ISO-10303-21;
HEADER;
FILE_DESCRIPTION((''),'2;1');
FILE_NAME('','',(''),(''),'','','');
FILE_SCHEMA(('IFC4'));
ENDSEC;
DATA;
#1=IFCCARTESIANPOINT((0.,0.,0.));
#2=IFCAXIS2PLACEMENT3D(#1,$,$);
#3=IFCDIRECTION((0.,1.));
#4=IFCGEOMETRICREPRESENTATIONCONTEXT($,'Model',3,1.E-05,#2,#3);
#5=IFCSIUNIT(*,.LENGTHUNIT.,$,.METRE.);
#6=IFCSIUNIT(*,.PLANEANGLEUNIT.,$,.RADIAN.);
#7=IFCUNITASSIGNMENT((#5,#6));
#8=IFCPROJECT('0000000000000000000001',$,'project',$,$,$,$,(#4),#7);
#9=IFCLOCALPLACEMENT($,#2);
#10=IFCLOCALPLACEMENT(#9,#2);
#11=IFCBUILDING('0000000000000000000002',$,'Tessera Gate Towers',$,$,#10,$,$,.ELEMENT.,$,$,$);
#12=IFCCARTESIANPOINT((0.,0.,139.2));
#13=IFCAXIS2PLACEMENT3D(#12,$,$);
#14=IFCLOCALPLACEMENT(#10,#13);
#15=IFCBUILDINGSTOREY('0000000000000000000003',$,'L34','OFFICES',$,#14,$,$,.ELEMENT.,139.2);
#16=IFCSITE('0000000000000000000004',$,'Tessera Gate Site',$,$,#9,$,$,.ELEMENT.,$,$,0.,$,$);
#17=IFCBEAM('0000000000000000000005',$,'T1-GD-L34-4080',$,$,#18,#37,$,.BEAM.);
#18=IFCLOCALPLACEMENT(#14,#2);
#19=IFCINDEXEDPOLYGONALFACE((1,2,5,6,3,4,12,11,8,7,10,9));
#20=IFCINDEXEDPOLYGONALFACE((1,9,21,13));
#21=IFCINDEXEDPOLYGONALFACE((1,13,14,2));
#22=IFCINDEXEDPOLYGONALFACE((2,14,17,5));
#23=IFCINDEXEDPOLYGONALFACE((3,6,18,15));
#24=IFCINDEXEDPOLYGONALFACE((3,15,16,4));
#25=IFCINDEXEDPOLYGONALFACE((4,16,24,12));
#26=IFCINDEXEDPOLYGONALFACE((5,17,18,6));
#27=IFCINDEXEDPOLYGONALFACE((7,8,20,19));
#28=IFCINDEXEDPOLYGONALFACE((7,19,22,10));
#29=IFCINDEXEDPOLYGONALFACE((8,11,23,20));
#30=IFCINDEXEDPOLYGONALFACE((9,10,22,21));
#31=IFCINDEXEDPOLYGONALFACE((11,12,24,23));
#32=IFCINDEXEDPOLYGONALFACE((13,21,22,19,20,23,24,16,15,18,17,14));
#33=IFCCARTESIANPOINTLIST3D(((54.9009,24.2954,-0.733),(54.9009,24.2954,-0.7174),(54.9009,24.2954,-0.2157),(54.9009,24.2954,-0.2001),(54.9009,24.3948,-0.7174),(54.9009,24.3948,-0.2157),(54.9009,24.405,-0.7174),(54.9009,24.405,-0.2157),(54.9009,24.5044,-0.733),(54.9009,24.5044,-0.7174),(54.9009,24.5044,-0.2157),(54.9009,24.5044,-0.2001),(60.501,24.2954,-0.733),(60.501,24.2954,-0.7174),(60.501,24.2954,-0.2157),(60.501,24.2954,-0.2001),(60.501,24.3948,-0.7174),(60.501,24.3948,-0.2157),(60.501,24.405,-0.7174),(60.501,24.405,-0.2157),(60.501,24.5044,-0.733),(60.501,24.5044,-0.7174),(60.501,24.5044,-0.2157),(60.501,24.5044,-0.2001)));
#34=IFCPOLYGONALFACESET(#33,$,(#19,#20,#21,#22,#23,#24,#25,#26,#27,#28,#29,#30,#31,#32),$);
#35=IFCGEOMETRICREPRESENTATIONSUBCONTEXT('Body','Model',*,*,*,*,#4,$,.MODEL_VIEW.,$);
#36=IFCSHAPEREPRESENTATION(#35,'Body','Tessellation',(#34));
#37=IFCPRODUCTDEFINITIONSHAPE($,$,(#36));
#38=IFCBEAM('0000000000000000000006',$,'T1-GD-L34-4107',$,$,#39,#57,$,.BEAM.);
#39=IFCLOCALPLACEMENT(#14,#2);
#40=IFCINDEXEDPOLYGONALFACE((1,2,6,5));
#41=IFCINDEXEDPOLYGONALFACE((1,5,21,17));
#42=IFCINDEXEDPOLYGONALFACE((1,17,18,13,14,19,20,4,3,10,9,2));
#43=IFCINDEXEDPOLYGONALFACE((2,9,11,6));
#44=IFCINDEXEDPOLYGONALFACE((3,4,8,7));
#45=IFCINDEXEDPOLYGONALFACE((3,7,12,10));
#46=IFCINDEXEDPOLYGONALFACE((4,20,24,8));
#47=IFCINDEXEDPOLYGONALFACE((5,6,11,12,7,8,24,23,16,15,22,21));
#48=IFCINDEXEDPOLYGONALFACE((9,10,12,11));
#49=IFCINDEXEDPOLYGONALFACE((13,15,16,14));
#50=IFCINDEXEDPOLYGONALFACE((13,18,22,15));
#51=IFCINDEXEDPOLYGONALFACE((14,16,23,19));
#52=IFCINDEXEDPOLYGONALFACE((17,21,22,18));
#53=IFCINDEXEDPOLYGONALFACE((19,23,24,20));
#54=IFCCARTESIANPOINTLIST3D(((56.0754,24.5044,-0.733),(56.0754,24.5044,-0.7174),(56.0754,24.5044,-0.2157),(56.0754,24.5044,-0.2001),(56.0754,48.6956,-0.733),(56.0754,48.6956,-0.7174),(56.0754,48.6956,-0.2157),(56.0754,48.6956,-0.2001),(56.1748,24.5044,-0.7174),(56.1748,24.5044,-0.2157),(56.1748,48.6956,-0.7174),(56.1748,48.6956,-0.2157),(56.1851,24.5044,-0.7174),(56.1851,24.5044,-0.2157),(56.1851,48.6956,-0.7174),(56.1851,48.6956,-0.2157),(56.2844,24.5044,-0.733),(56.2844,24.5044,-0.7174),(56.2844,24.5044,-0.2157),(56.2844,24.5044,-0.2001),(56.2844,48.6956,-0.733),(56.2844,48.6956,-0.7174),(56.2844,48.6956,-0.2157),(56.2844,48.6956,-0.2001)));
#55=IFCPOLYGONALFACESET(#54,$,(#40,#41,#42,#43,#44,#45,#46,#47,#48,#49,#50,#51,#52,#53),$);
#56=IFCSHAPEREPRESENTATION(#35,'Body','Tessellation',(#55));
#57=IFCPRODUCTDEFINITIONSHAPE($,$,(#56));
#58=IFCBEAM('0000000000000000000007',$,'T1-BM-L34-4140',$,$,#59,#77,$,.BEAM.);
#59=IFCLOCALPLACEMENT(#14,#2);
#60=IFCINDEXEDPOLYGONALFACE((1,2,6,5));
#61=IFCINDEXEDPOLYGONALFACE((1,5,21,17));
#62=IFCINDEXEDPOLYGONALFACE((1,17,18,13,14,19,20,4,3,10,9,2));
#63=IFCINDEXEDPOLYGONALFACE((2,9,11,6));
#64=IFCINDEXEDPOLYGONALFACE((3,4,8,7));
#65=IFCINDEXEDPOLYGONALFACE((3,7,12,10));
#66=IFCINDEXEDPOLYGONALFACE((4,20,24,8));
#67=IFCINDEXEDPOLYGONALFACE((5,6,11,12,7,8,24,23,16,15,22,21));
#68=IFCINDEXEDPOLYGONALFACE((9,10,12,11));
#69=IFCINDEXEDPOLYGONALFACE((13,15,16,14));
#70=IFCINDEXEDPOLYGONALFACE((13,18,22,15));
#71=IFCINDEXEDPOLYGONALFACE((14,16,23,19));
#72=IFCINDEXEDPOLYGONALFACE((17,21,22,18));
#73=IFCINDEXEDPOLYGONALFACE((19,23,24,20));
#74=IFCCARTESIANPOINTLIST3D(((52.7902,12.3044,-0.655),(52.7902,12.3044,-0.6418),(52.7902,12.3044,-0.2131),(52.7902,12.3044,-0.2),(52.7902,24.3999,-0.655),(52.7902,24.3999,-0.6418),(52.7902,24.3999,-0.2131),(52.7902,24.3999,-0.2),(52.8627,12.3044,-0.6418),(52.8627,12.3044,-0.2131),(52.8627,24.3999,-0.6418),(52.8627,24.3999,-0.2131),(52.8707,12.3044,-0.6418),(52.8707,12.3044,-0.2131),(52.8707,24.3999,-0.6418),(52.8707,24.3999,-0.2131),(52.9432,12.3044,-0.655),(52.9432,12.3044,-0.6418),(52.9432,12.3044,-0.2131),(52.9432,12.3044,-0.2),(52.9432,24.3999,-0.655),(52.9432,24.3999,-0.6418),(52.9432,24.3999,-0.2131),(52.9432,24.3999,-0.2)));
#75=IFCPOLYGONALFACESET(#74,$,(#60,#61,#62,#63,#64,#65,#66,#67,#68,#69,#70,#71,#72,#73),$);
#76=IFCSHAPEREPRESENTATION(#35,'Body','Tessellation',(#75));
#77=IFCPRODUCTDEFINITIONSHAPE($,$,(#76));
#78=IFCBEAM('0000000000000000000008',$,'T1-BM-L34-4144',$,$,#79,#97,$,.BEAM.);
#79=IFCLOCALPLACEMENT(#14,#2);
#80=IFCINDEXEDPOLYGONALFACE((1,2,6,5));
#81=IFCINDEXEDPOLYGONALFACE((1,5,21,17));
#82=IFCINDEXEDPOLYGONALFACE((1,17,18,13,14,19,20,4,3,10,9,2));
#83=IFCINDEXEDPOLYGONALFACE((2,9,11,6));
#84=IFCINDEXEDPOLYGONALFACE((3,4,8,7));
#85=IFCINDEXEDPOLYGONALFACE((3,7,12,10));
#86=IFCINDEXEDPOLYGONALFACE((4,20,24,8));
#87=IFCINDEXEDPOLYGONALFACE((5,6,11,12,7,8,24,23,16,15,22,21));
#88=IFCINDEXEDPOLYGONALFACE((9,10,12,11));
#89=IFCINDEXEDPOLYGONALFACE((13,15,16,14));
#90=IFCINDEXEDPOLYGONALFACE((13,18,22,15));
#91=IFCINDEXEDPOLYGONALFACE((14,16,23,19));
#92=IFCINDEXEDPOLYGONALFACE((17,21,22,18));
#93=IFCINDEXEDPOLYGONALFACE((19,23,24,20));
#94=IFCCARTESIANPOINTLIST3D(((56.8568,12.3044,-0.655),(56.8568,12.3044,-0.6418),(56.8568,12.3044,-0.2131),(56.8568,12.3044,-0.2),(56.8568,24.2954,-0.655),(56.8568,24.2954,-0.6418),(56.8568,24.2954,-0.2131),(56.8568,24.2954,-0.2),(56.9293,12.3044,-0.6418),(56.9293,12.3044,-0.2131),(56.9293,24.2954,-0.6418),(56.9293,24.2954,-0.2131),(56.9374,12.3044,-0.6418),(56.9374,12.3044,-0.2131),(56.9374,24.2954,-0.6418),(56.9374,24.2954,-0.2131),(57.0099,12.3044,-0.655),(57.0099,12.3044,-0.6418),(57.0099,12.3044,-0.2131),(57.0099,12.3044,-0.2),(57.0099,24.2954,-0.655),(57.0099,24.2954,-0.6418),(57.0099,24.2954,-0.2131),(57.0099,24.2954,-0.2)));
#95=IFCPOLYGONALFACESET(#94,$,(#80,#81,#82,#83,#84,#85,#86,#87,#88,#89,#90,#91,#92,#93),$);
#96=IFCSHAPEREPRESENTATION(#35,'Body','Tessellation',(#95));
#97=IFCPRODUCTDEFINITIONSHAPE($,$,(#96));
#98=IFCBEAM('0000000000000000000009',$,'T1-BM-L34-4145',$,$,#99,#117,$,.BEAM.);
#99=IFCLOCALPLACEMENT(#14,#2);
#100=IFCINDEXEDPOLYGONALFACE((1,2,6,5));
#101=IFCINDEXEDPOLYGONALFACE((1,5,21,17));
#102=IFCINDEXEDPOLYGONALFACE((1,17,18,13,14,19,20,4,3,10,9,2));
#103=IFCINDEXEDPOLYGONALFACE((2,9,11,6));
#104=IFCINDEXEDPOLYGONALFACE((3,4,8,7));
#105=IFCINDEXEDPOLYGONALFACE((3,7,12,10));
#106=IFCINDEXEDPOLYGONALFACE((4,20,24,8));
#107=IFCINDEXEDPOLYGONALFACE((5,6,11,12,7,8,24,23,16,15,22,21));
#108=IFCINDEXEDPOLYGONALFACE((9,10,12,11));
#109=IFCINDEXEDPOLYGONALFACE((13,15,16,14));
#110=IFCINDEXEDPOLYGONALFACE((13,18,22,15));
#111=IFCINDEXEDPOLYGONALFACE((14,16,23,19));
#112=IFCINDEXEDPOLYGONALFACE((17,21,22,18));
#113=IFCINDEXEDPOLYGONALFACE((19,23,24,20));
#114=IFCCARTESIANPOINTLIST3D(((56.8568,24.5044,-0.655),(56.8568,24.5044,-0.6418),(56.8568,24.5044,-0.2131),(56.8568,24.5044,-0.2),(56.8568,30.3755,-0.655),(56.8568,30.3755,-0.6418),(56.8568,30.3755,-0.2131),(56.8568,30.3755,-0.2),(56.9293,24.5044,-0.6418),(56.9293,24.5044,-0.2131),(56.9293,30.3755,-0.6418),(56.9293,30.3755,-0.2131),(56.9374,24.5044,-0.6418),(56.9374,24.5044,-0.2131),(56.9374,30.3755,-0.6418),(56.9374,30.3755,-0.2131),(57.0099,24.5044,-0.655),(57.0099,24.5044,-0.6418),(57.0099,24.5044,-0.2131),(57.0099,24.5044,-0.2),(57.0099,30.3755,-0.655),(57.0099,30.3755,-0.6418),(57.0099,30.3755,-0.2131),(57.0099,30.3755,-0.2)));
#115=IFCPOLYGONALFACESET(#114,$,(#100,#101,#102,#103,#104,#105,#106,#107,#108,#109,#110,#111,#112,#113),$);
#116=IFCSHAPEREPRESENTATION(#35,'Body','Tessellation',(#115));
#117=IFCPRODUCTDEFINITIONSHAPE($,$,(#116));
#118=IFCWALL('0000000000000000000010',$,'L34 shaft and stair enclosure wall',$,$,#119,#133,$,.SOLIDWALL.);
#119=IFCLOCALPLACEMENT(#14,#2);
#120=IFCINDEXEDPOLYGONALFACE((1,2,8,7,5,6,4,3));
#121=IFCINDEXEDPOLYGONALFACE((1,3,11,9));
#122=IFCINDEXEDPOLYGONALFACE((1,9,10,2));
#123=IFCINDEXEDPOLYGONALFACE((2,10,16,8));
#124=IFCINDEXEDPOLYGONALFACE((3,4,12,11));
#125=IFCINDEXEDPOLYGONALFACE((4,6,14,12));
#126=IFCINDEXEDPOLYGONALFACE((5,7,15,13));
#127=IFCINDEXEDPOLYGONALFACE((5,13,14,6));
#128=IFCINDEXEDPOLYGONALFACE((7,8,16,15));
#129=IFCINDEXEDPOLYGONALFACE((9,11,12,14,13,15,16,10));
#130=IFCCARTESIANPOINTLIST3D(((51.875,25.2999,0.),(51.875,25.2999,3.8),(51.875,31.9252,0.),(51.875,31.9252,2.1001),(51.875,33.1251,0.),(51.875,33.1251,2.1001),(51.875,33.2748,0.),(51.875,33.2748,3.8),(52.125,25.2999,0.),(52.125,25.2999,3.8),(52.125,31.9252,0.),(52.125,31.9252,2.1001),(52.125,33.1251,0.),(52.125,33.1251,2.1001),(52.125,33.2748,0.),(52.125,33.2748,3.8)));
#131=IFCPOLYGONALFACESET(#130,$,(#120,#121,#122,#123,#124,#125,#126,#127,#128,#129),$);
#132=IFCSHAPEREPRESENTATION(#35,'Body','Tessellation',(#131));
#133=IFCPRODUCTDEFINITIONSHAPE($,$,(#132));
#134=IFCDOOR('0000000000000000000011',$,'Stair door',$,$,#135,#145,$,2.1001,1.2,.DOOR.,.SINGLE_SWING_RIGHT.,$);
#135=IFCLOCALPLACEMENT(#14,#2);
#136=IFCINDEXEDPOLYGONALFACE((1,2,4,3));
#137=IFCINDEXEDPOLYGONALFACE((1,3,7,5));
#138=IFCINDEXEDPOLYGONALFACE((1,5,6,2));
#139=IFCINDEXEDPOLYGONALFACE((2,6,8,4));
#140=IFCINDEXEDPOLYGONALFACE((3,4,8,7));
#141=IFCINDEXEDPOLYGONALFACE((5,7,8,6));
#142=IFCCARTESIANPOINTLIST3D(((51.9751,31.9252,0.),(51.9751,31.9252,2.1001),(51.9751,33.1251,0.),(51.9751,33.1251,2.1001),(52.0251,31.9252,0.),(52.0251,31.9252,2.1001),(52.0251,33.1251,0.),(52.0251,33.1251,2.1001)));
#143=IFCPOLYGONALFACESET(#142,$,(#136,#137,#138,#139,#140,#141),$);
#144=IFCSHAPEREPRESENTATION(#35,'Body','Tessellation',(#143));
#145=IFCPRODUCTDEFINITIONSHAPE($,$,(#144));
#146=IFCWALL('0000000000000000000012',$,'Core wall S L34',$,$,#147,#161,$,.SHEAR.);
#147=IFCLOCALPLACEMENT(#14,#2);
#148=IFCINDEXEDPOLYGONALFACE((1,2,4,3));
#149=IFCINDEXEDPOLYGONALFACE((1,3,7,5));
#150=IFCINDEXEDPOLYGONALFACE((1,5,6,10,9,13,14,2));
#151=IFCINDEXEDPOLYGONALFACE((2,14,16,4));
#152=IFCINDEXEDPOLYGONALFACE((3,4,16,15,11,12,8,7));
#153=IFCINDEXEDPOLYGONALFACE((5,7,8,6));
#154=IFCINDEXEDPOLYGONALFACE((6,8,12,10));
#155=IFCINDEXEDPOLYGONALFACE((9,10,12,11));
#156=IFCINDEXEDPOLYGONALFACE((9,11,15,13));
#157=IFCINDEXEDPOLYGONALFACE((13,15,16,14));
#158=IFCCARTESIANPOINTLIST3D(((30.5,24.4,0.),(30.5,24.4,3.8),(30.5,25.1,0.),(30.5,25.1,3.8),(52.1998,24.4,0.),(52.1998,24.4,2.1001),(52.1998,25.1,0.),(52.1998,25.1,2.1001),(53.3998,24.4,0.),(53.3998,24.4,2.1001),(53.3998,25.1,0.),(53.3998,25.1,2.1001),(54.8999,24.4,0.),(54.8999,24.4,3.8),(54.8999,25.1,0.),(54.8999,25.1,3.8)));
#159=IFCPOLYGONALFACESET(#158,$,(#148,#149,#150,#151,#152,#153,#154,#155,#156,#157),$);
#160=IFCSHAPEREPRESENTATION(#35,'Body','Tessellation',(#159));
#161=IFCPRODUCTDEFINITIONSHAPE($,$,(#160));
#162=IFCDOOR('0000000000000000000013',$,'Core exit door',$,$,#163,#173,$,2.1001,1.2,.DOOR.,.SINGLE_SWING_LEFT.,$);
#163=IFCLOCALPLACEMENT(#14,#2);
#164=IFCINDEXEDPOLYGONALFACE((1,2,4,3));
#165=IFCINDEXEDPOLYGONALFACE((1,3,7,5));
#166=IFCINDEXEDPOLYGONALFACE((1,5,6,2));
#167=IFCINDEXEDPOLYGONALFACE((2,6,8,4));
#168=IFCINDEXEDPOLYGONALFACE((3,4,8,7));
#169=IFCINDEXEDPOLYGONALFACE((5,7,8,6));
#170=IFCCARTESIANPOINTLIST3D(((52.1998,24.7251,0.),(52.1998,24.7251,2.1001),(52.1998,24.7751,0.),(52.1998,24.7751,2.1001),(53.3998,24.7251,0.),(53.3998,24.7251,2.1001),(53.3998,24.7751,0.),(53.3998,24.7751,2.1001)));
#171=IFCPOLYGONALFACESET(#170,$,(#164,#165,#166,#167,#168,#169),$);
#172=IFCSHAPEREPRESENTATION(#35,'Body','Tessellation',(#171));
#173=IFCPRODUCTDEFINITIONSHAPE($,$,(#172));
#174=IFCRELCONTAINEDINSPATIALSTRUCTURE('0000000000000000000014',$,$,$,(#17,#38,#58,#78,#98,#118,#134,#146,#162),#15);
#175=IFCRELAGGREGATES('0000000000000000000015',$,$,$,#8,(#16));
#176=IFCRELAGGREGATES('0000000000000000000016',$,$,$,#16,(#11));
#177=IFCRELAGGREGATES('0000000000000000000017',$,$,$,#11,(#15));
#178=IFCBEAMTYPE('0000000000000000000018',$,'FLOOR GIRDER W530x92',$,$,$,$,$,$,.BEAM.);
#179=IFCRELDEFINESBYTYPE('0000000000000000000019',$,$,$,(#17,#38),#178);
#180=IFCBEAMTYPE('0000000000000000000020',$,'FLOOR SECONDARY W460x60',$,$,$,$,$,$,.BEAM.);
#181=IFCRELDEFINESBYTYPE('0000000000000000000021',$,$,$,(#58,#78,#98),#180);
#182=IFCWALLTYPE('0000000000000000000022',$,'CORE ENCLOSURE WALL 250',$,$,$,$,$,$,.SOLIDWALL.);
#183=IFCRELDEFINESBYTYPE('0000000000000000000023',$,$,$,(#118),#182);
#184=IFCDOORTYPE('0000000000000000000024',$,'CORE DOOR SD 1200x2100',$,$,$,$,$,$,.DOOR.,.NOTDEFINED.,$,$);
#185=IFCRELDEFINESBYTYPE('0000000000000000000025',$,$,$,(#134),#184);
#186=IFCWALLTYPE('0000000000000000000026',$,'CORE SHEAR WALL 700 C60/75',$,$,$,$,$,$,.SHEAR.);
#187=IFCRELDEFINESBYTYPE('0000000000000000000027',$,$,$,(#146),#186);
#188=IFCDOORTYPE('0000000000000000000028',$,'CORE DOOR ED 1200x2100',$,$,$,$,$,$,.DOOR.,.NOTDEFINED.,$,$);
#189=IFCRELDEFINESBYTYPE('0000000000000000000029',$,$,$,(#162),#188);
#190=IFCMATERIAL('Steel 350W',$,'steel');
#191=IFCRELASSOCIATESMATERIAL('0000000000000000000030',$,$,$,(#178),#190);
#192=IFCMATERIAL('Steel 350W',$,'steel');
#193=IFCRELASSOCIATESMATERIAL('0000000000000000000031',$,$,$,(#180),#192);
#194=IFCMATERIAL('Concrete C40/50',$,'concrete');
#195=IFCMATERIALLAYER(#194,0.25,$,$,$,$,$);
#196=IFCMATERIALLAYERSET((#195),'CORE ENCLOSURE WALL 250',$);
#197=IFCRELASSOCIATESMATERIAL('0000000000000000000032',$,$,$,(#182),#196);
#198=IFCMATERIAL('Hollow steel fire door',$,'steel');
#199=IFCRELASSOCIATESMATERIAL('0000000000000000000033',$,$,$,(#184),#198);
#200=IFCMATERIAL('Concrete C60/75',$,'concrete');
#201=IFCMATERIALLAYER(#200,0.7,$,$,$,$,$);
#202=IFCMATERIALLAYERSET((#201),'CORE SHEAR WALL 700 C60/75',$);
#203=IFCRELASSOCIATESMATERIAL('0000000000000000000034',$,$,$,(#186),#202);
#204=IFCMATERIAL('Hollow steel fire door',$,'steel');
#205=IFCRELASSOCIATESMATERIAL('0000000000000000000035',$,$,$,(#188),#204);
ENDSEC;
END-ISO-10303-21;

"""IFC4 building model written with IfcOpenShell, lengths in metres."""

from ifc_helpers import new_model, si_unit, direction, frame, frame_2d, origin, origin_2d, place, context, subcontext, project, spatial, rectangle, i_section, extrude, source, transform, mapped, material, layer, layer_set, material_profile, profile_set, type_object, element, fill, save


model = new_model("IFC4")

# Units and contexts
model_context = context("Model", 3, precision=1e-05, world=origin(), true_north=direction((0.0, 1.0)))
body_context = subcontext(model_context, "Body", "Model", "MODEL_VIEW")
ifc_project = project(units=[si_unit("LENGTHUNIT", "METRE"), si_unit("PLANEANGLEUNIT", "RADIAN")], contexts=[model_context])

# Site, building, storey
site_placement = place(None, origin())
site = spatial("IfcSite", under=ifc_project, at=site_placement, Name="Tessera Gate Site", CompositionType="ELEMENT", RefElevation=0.0)
building_placement = place(site_placement, origin())
building = spatial("IfcBuilding", under=site, at=building_placement, Name="Tessera Gate Towers", CompositionType="ELEMENT")
storey_placement = place(building_placement, frame((0.0, 0.0, 139.2)))
storey = spatial("IfcBuildingStorey", under=building, at=storey_placement, Name="L34", Description="OFFICES", CompositionType="ELEMENT", Elevation=139.2)

# Beams
ifc_material_1 = material(Name="Steel 350W", Category="steel")
ifc_material_profile_1 = material_profile(ifc_material_1, i_section(OverallWidth=0.209, OverallDepth=0.533, WebThickness=0.0103, FlangeThickness=0.0156, at=origin_2d()), Name="W530x92")
ifc_profile_set_1 = profile_set([ifc_material_profile_1], Name="Steel 350W")
beam_type_1 = type_object("IfcBeamType", Name="FLOOR GIRDER W530x92", PredefinedType="BEAM", material=ifc_profile_set_1)
beam_1_placement = place(storey_placement, frame((54.9009, 24.3999, -0.4666), z_axis=(1.0, 0.0, 0.0), x_axis=(0.0, 1.0, 0.0)))
element("IfcBeam", 1, at=beam_1_placement, inside=storey, type_object=beam_type_1, Name="T1-GD-L34-4080", PredefinedType="BEAM", context=body_context, shape_type="SweptSolid", body=[
    extrude(i_section(OverallWidth=0.209, OverallDepth=0.533, WebThickness=0.0103, FlangeThickness=0.0156, at=origin_2d()), origin(), (0.0, 0.0, 1.0), 5.6001),
])
beam_2_placement = place(storey_placement, frame((56.1799, 24.5044, -0.4666), z_axis=(0.0, 1.0, 0.0), x_axis=(-1.0, 0.0, 0.0)))
element("IfcBeam", 2, at=beam_2_placement, inside=storey, type_object=beam_type_1, Name="T1-GD-L34-4107", PredefinedType="BEAM", context=body_context, shape_type="SweptSolid", body=[
    extrude(i_section(OverallWidth=0.209, OverallDepth=0.533, WebThickness=0.0103, FlangeThickness=0.0156, at=origin_2d()), origin(), (0.0, 0.0, 1.0), 24.1912),
])
ifc_material_2 = material(Name="Steel 350W", Category="steel")
ifc_material_profile_2 = material_profile(ifc_material_2, i_section(OverallWidth=0.1531, OverallDepth=0.4551, WebThickness=0.0081, FlangeThickness=0.0132, at=origin_2d()), Name="W460x60")
ifc_profile_set_2 = profile_set([ifc_material_profile_2], Name="Steel 350W")
beam_type_2 = type_object("IfcBeamType", Name="FLOOR SECONDARY W460x60", PredefinedType="BEAM", material=ifc_profile_set_2)
beam_3_placement = place(storey_placement, frame((52.8667, 12.3044, -0.4275), z_axis=(0.0, 1.0, 0.0), x_axis=(-1.0, 0.0, 0.0)))
element("IfcBeam", 3, at=beam_3_placement, inside=storey, type_object=beam_type_2, Name="T1-BM-L34-4140", PredefinedType="BEAM", context=body_context, shape_type="SweptSolid", body=[
    extrude(i_section(OverallWidth=0.1531, OverallDepth=0.4551, WebThickness=0.0081, FlangeThickness=0.0132, at=origin_2d()), origin(), (0.0, 0.0, 1.0), 12.0955),
])
beam_4_placement = place(storey_placement, frame((56.9333, 12.3044, -0.4275), z_axis=(0.0, 1.0, 0.0), x_axis=(-1.0, 0.0, 0.0)))
element("IfcBeam", 4, at=beam_4_placement, inside=storey, type_object=beam_type_2, Name="T1-BM-L34-4144", PredefinedType="BEAM", context=body_context, shape_type="SweptSolid", body=[
    extrude(i_section(OverallWidth=0.1531, OverallDepth=0.4551, WebThickness=0.0081, FlangeThickness=0.0132, at=origin_2d()), origin(), (0.0, 0.0, 1.0), 11.991),
])
beam_5_placement = place(storey_placement, frame((56.9333, 24.5044, -0.4275), z_axis=(0.0, 1.0, 0.0), x_axis=(-1.0, 0.0, 0.0)))
element("IfcBeam", 5, at=beam_5_placement, inside=storey, type_object=beam_type_2, Name="T1-BM-L34-4145", PredefinedType="BEAM", context=body_context, shape_type="SweptSolid", body=[
    extrude(i_section(OverallWidth=0.1531, OverallDepth=0.4551, WebThickness=0.0081, FlangeThickness=0.0132, at=origin_2d()), origin(), (0.0, 0.0, 1.0), 5.8711),
])

# Walls, openings, doors
ifc_material_3 = material(Name="Concrete C40/50", Category="concrete")
ifc_layer_1 = layer(ifc_material_3, 0.25)
ifc_layer_set_1 = layer_set([ifc_layer_1], Name="CORE ENCLOSURE WALL 250")
wall_type_1 = type_object("IfcWallType", Name="CORE ENCLOSURE WALL 250", PredefinedType="SOLIDWALL", material=ifc_layer_set_1)
wall_1_placement = place(storey_placement, frame((52.0, 25.3, 0.0), z_axis=(0.0, 0.0, 1.0), x_axis=(0.0, 1.0, 0.0)))
wall_1 = element("IfcWall", 6, at=wall_1_placement, inside=storey, type_object=wall_type_1, Name="L34 shaft and stair enclosure wall", PredefinedType="SOLIDWALL", context=body_context, shape_type="SweptSolid", body=[
    extrude(rectangle(XDim=7.9749, YDim=0.25, at=frame_2d((3.9873, 0.0))), origin(), (0.0, 0.0, 1.0), 3.8),
])
shared_shape_1 = source(origin(), body_context, "Body", "SweptSolid", [
    extrude(rectangle(XDim=1.2, YDim=2.1001, at=frame_2d((0.6001, 1.05))), frame((0.0, 0.135, 0.0), z_axis=(0.0, -1.0, 0.0), x_axis=(1.0, 0.0, 0.0)), (0.0, 0.0, 1.0), 0.27),
])
opening_1_placement = place(wall_1_placement, frame((6.625, 0.0, 0.0)))
opening_1 = element("IfcOpeningElement", 7, at=opening_1_placement, cuts=wall_1, PredefinedType="OPENING", context=body_context, shape_type="MappedRepresentation", body=[
    mapped(shared_shape_1, transform((0.0, 0.0, 0.0), scale=1.0)),
])
ifc_material_4 = material(Name="Hollow steel fire door", Category="steel")
door_type_1 = type_object("IfcDoorType", Name="CORE DOOR SD 1200x2100", OperationType="NOTDEFINED", PredefinedType="DOOR", material=ifc_material_4)
shared_shape_2 = source(origin(), body_context, "Body", "SweptSolid", [
    extrude(rectangle(XDim=1.2, YDim=2.1001, at=frame_2d((0.6001, 1.05))), frame((0.0, 0.0249, 0.0), z_axis=(0.0, -1.0, 0.0), x_axis=(1.0, 0.0, 0.0)), (0.0, 0.0, 1.0), 0.05),
])
door_1_placement = place(opening_1_placement, origin())
door_1 = element("IfcDoor", 8, at=door_1_placement, inside=storey, type_object=door_type_1, Name="Stair door", OperationType="SINGLE_SWING_RIGHT", OverallHeight=2.1001, OverallWidth=1.2, PredefinedType="DOOR", context=body_context, shape_type="MappedRepresentation", body=[
    mapped(shared_shape_2, transform((0.0, 0.0, 0.0), scale=1.0)),
])
fill(opening_1, door_1)
ifc_material_5 = material(Name="Concrete C60/75", Category="concrete")
ifc_layer_2 = layer(ifc_material_5, 0.7)
ifc_layer_set_2 = layer_set([ifc_layer_2], Name="CORE SHEAR WALL 700 C60/75")
wall_type_2 = type_object("IfcWallType", Name="CORE SHEAR WALL 700 C60/75", PredefinedType="SHEAR", material=ifc_layer_set_2)
wall_2_placement = place(storey_placement, frame((54.8999, 24.75, 0.0), z_axis=(0.0, 0.0, 1.0), x_axis=(-1.0, 0.0, 0.0)))
wall_2 = element("IfcWall", 9, at=wall_2_placement, inside=storey, type_object=wall_type_2, Name="Core wall S L34", PredefinedType="SHEAR", context=body_context, shape_type="SweptSolid", body=[
    extrude(rectangle(XDim=24.3999, YDim=0.7, at=frame_2d((12.2, 0.0))), origin(), (0.0, 0.0, 1.0), 3.8),
])
shared_shape_3 = source(origin(), body_context, "Body", "SweptSolid", [
    extrude(rectangle(XDim=1.2, YDim=2.1001, at=frame_2d((0.6001, 1.05))), frame((0.0, 0.3599, 0.0), z_axis=(0.0, -1.0, 0.0), x_axis=(1.0, 0.0, 0.0)), (0.0, 0.0, 1.0), 0.72),
])
opening_2_placement = place(wall_2_placement, frame((1.5, 0.0, 0.0)))
opening_2 = element("IfcOpeningElement", 10, at=opening_2_placement, cuts=wall_2, PredefinedType="OPENING", context=body_context, shape_type="MappedRepresentation", body=[
    mapped(shared_shape_3, transform((0.0, 0.0, 0.0), scale=1.0)),
])
ifc_material_6 = material(Name="Hollow steel fire door", Category="steel")
door_type_2 = type_object("IfcDoorType", Name="CORE DOOR ED 1200x2100", OperationType="NOTDEFINED", PredefinedType="DOOR", material=ifc_material_6)
door_2_placement = place(opening_2_placement, origin())
door_2 = element("IfcDoor", 11, at=door_2_placement, inside=storey, type_object=door_type_2, Name="Core exit door", OperationType="SINGLE_SWING_LEFT", OverallHeight=2.1001, OverallWidth=1.2, PredefinedType="DOOR", context=body_context, shape_type="MappedRepresentation", body=[
    mapped(shared_shape_2, transform((0.0, 0.0, 0.0), scale=1.0)),
])
fill(opening_2, door_2)

save(model, "model.ifc")
